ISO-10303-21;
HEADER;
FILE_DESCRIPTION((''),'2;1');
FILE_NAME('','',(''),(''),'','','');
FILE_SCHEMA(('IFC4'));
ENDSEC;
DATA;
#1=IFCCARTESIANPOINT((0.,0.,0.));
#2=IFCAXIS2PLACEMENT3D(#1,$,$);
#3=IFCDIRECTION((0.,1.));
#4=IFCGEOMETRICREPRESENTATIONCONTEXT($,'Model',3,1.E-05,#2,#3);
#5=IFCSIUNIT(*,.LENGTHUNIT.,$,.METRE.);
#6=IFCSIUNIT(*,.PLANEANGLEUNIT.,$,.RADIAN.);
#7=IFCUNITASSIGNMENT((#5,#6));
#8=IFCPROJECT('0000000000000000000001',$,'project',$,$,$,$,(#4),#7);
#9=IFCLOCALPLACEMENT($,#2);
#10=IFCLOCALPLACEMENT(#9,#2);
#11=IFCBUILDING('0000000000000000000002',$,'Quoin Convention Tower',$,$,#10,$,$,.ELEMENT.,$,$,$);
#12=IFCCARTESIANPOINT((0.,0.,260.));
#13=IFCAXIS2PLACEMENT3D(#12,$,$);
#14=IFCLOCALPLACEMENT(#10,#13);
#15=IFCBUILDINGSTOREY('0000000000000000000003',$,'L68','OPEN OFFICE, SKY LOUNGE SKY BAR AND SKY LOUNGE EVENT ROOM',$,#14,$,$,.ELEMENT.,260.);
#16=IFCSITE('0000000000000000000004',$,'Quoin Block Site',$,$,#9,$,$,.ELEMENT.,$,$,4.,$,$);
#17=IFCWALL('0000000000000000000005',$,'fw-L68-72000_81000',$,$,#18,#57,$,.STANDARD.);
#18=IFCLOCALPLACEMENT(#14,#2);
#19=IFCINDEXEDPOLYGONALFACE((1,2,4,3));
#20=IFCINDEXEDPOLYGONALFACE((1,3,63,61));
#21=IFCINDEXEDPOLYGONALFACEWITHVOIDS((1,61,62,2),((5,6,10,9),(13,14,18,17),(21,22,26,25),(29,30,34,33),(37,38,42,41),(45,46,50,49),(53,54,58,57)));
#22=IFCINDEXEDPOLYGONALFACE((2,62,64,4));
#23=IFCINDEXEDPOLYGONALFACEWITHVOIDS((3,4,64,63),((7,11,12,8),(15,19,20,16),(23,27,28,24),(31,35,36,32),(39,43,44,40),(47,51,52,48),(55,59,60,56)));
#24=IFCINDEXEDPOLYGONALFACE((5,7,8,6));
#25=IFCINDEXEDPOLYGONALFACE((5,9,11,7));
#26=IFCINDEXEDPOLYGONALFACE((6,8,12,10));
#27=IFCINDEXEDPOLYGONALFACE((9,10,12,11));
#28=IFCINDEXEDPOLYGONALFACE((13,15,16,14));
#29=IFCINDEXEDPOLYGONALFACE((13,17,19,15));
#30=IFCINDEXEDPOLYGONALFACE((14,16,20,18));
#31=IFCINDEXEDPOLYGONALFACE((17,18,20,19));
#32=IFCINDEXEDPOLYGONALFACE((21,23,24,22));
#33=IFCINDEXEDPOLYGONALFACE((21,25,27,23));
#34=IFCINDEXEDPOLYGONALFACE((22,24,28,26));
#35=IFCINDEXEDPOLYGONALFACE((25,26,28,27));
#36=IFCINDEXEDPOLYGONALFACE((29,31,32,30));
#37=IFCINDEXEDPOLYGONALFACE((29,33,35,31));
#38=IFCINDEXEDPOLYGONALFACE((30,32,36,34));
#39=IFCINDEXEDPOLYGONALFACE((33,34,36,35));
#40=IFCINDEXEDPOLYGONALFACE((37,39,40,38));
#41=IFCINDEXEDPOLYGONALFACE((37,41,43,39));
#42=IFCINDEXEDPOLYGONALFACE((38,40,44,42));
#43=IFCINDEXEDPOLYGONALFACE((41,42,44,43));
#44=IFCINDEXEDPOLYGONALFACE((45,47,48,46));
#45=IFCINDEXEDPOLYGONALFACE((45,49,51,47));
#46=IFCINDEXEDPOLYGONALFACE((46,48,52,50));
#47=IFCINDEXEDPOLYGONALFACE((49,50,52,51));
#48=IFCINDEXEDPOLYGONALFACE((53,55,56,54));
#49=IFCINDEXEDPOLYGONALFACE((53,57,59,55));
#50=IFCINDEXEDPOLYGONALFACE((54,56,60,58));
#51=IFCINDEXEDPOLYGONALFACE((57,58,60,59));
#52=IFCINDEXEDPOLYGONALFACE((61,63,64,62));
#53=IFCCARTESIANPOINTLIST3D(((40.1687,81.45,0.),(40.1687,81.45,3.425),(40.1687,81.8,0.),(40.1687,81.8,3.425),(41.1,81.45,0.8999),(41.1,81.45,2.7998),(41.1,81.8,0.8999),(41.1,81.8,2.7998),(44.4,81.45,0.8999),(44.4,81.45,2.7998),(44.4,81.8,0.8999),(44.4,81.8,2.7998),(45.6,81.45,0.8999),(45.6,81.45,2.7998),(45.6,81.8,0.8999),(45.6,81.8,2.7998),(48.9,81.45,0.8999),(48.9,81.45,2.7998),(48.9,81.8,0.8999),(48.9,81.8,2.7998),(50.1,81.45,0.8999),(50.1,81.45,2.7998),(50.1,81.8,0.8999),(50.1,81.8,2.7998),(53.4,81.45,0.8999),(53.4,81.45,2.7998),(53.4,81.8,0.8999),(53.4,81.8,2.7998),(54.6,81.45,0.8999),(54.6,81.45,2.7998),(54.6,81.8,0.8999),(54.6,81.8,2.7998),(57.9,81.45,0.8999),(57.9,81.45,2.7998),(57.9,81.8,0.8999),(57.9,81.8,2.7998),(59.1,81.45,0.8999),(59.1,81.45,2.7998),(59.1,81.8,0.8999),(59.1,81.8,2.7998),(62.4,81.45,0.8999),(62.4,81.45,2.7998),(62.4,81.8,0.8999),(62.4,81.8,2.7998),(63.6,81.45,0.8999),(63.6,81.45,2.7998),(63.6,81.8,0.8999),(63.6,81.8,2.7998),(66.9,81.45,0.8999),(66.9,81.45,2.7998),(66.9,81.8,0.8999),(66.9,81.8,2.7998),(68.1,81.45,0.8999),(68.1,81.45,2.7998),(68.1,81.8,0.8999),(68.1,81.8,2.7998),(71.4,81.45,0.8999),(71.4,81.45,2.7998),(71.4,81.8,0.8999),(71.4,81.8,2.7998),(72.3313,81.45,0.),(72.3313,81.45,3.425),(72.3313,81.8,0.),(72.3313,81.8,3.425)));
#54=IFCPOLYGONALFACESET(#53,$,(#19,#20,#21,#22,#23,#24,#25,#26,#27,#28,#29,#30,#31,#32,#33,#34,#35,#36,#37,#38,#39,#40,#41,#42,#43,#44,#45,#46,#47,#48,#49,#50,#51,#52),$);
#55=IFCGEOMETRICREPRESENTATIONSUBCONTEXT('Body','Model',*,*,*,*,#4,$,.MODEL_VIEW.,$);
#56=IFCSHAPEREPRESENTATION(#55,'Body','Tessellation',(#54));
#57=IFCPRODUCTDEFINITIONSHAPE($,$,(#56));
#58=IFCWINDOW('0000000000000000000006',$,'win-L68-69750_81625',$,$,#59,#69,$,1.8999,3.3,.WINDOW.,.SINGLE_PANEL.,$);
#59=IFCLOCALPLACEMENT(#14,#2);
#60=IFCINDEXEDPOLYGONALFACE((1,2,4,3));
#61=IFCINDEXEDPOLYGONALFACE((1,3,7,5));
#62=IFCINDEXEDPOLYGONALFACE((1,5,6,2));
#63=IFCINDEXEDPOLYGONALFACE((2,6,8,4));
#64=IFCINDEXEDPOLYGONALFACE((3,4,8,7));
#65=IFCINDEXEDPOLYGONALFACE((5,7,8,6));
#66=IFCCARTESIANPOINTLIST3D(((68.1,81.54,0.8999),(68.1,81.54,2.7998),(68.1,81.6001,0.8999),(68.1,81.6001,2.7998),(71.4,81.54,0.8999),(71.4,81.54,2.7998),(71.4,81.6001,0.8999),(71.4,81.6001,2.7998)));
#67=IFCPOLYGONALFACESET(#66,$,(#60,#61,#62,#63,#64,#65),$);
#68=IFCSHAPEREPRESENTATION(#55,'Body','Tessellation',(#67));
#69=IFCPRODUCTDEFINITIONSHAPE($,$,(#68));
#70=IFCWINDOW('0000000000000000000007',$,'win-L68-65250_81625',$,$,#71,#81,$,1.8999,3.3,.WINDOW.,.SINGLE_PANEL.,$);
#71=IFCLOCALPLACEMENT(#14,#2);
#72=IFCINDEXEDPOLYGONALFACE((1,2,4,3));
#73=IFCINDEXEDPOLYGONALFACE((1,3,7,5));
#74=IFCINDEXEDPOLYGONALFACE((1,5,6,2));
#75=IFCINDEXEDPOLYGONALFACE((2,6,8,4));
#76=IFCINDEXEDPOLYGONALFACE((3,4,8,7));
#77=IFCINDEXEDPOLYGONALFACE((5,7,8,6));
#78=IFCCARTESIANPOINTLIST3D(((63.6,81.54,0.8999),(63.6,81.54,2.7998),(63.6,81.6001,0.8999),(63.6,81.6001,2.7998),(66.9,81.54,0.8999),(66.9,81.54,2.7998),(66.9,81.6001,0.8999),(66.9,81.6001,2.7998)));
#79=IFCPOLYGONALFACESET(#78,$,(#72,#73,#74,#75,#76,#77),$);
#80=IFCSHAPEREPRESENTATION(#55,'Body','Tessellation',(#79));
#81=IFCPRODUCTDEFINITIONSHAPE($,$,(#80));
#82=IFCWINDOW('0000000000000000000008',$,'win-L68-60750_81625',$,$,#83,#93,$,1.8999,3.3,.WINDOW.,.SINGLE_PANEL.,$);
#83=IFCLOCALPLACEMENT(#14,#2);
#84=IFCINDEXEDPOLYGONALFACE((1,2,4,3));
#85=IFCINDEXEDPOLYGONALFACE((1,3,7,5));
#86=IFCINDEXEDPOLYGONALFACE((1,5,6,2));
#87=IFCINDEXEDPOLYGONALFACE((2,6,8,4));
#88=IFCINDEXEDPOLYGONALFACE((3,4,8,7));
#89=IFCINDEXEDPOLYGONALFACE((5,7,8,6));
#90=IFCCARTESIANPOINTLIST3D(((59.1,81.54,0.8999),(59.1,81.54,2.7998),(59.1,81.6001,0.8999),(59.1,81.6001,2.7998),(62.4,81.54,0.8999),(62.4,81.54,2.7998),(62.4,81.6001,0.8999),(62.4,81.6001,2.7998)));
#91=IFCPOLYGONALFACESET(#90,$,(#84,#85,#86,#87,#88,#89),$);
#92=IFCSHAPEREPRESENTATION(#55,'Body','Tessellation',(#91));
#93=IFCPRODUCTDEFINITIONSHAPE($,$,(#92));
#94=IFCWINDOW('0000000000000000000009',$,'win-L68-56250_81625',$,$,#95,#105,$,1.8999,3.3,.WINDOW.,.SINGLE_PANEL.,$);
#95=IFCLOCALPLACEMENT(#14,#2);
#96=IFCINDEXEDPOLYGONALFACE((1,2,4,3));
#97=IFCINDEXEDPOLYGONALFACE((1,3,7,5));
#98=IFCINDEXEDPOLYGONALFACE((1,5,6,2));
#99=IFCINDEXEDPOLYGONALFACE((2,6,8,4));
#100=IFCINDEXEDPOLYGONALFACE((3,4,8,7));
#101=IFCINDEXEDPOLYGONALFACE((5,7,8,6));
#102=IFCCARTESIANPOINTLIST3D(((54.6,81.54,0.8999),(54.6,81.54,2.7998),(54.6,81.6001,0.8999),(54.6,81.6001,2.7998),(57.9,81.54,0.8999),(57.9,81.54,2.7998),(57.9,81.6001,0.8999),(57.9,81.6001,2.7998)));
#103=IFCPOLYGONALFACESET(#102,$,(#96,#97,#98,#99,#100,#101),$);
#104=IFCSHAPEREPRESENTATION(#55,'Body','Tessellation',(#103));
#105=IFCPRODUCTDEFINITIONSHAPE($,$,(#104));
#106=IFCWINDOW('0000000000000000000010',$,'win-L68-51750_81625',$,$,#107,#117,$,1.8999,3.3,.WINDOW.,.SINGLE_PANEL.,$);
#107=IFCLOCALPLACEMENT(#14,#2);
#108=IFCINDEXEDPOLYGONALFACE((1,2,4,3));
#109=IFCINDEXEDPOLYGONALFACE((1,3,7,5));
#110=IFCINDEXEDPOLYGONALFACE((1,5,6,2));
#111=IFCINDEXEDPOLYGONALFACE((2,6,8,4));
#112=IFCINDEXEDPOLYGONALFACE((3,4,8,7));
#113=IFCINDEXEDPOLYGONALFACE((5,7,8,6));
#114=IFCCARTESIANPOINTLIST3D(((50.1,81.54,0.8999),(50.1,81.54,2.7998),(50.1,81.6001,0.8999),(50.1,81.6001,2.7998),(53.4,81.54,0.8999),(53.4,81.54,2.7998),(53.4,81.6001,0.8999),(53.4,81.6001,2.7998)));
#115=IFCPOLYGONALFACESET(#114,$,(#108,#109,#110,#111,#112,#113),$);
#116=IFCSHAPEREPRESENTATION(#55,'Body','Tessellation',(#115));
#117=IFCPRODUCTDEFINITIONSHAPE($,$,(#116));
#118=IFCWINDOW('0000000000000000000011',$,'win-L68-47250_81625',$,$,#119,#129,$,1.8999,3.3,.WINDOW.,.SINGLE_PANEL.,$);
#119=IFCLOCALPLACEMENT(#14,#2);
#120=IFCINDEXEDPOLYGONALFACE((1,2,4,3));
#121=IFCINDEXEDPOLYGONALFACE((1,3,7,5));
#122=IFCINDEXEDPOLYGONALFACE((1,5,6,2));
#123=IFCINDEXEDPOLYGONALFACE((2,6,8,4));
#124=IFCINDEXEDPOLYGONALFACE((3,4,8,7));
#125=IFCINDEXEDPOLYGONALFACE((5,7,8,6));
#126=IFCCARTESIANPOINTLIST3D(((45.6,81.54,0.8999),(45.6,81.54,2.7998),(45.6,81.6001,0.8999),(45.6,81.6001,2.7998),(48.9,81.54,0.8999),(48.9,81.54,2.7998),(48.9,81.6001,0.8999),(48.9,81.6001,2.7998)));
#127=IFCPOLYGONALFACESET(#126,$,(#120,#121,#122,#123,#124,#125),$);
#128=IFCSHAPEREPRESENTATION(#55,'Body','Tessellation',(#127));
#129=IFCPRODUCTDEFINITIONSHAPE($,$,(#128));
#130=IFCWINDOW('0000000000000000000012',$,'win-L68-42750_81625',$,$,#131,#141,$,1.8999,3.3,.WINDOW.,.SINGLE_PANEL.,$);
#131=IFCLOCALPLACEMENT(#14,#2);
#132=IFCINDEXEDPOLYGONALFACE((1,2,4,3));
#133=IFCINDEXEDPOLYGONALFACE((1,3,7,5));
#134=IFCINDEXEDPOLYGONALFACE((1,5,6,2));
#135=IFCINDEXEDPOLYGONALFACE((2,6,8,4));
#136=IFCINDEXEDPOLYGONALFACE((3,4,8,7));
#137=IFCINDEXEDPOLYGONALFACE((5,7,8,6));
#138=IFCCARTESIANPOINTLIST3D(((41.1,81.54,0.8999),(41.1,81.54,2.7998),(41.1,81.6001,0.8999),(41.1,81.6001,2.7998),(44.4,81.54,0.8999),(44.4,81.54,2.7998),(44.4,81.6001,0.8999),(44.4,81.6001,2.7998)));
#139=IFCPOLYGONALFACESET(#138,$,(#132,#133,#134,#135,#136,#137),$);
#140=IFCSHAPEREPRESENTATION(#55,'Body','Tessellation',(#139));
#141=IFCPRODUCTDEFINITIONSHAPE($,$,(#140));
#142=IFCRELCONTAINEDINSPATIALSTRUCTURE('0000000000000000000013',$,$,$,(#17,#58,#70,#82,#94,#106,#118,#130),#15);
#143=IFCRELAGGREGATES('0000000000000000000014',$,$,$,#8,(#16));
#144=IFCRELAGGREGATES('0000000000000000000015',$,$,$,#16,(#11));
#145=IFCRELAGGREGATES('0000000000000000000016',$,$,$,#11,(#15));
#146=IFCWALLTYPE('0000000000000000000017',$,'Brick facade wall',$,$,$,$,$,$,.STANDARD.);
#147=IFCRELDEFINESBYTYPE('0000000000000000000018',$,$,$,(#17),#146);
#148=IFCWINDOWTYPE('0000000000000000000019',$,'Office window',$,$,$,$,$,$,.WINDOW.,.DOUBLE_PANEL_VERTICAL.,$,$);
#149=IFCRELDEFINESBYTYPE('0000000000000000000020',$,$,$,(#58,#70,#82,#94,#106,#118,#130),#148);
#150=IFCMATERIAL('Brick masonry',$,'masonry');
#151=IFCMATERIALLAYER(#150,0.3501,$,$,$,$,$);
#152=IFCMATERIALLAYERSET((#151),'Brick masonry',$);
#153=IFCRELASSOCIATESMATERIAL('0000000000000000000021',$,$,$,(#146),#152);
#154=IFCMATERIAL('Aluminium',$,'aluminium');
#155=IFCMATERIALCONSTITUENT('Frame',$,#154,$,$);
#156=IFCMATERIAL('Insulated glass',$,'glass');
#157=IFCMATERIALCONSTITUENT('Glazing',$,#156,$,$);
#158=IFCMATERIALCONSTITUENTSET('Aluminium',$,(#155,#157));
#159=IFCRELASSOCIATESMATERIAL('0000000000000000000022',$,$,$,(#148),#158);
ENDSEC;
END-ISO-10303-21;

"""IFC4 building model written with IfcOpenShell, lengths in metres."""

from ifc_helpers import new_model, si_unit, direction, frame, frame_2d, origin, place, context, subcontext, project, spatial, rectangle, extrude, material, layer, layer_set, constituent, constituent_set, type_object, element, fill, save


model = new_model("IFC4")

# Units and contexts
model_context = context("Model", 3, precision=1e-05, world=origin(), true_north=direction((0.0, 1.0)))
body_context = subcontext(model_context, "Body", "Model", "MODEL_VIEW")
ifc_project = project(units=[si_unit("LENGTHUNIT", "METRE"), si_unit("PLANEANGLEUNIT", "RADIAN")], contexts=[model_context])

# Site, building, storey
site_placement = place(None, origin())
site = spatial("IfcSite", under=ifc_project, at=site_placement, Name="Quoin Block Site", CompositionType="ELEMENT", RefElevation=4.0)
building_placement = place(site_placement, origin())
building = spatial("IfcBuilding", under=site, at=building_placement, Name="Quoin Convention Tower", CompositionType="ELEMENT")
storey_placement = place(building_placement, frame((0.0, 0.0, 260.0)))
storey = spatial("IfcBuildingStorey", under=building, at=storey_placement, Name="L68", Description="OPEN OFFICE, SKY LOUNGE SKY BAR AND SKY LOUNGE EVENT ROOM", CompositionType="ELEMENT", Elevation=260.0)

# Shared definitions
ifc_material_1 = material(Name="Brick masonry", Category="masonry")
ifc_layer_1 = layer(ifc_material_1, 0.3501)
ifc_layer_set_1 = layer_set([ifc_layer_1], Name="Brick masonry")
wall_type_1 = type_object("IfcWallType", Name="Brick facade wall", PredefinedType="STANDARD", material=ifc_layer_set_1)
ifc_material_2 = material(Name="Aluminium", Category="aluminium")
ifc_constituent_1 = constituent(ifc_material_2, Name="Frame")
ifc_material_3 = material(Name="Insulated glass", Category="glass")
ifc_constituent_2 = constituent(ifc_material_3, Name="Glazing")
ifc_constituent_set = constituent_set(constituents=[ifc_constituent_1, ifc_constituent_2], Name="Aluminium")
window_type = type_object("IfcWindowType", Name="Office window", PartitioningType="DOUBLE_PANEL_VERTICAL", PredefinedType="WINDOW", material=ifc_constituent_set)

# Wall, openings, windows
wall_1_placement = place(storey_placement, frame((72.3313, 81.625, 0.0), z_axis=(0.0, 0.0, 1.0), x_axis=(-1.0, 0.0, 0.0)))
wall_1 = element("IfcWall", 1, at=wall_1_placement, inside=storey, type_object=wall_type_1, Name="fw-L68-72000_81000", PredefinedType="STANDARD", context=body_context, shape_type="SweptSolid", body=[
    extrude(rectangle(XDim=32.1626, YDim=0.3501, at=frame_2d((16.0813, 0.0))), origin(), (0.0, 0.0, 1.0), 3.425),
])
opening_1_placement = place(wall_1_placement, frame((0.9314, 0.0, 0.8999)))
opening_1 = element("IfcOpeningElement", 2, at=opening_1_placement, cuts=wall_1, PredefinedType="OPENING", context=body_context, shape_type="SweptSolid", body=[
    extrude(rectangle(XDim=3.3, YDim=1.8999, at=frame_2d((1.6499, 0.95))), frame((0.0, 0.1851, 0.0), z_axis=(0.0, -1.0, 0.0), x_axis=(1.0, 0.0, 0.0)), (0.0, 0.0, 1.0), 0.3701),
])
opening_2_placement = place(wall_1_placement, frame((5.4314, 0.0, 0.8999)))
opening_2 = element("IfcOpeningElement", 3, at=opening_2_placement, cuts=wall_1, PredefinedType="OPENING", context=body_context, shape_type="SweptSolid", body=[
    extrude(rectangle(XDim=3.3, YDim=1.8999, at=frame_2d((1.6499, 0.95))), frame((0.0, 0.1851, 0.0), z_axis=(0.0, -1.0, 0.0), x_axis=(1.0, 0.0, 0.0)), (0.0, 0.0, 1.0), 0.3701),
])
opening_3_placement = place(wall_1_placement, frame((9.9314, 0.0, 0.8999)))
opening_3 = element("IfcOpeningElement", 4, at=opening_3_placement, cuts=wall_1, PredefinedType="OPENING", context=body_context, shape_type="SweptSolid", body=[
    extrude(rectangle(XDim=3.3, YDim=1.8999, at=frame_2d((1.6499, 0.95))), frame((0.0, 0.1851, 0.0), z_axis=(0.0, -1.0, 0.0), x_axis=(1.0, 0.0, 0.0)), (0.0, 0.0, 1.0), 0.3701),
])
opening_4_placement = place(wall_1_placement, frame((14.4314, 0.0, 0.8999)))
opening_4 = element("IfcOpeningElement", 5, at=opening_4_placement, cuts=wall_1, PredefinedType="OPENING", context=body_context, shape_type="SweptSolid", body=[
    extrude(rectangle(XDim=3.3, YDim=1.8999, at=frame_2d((1.6499, 0.95))), frame((0.0, 0.1851, 0.0), z_axis=(0.0, -1.0, 0.0), x_axis=(1.0, 0.0, 0.0)), (0.0, 0.0, 1.0), 0.3701),
])
opening_5_placement = place(wall_1_placement, frame((18.9314, 0.0, 0.8999)))
opening_5 = element("IfcOpeningElement", 6, at=opening_5_placement, cuts=wall_1, PredefinedType="OPENING", context=body_context, shape_type="SweptSolid", body=[
    extrude(rectangle(XDim=3.3, YDim=1.8999, at=frame_2d((1.6499, 0.95))), frame((0.0, 0.1851, 0.0), z_axis=(0.0, -1.0, 0.0), x_axis=(1.0, 0.0, 0.0)), (0.0, 0.0, 1.0), 0.3701),
])
opening_6_placement = place(wall_1_placement, frame((23.4314, 0.0, 0.8999)))
opening_6 = element("IfcOpeningElement", 7, at=opening_6_placement, cuts=wall_1, PredefinedType="OPENING", context=body_context, shape_type="SweptSolid", body=[
    extrude(rectangle(XDim=3.3, YDim=1.8999, at=frame_2d((1.6499, 0.95))), frame((0.0, 0.1851, 0.0), z_axis=(0.0, -1.0, 0.0), x_axis=(1.0, 0.0, 0.0)), (0.0, 0.0, 1.0), 0.3701),
])
opening_7_placement = place(wall_1_placement, frame((27.9314, 0.0, 0.8999)))
opening_7 = element("IfcOpeningElement", 8, at=opening_7_placement, cuts=wall_1, PredefinedType="OPENING", context=body_context, shape_type="SweptSolid", body=[
    extrude(rectangle(XDim=3.3, YDim=1.8999, at=frame_2d((1.6499, 0.95))), frame((0.0, 0.1851, 0.0), z_axis=(0.0, -1.0, 0.0), x_axis=(1.0, 0.0, 0.0)), (0.0, 0.0, 1.0), 0.3701),
])
window_1_placement = place(opening_1_placement, origin())
window_1 = element("IfcWindow", 9, at=window_1_placement, inside=storey, type_object=window_type, Name="win-L68-69750_81625", OverallHeight=1.8999, OverallWidth=3.3, PartitioningType="SINGLE_PANEL", PredefinedType="WINDOW", context=body_context, shape_type="SweptSolid", body=[
    extrude(rectangle(XDim=3.3, YDim=1.8999, at=frame_2d((1.6499, 0.95))), frame((0.0, 0.085, 0.0), z_axis=(0.0, -1.0, 0.0), x_axis=(1.0, 0.0, 0.0)), (0.0, 0.0, 1.0), 0.0601),
])
fill(opening_1, window_1)
window_2_placement = place(opening_2_placement, origin())
window_2 = element("IfcWindow", 10, at=window_2_placement, inside=storey, type_object=window_type, Name="win-L68-65250_81625", OverallHeight=1.8999, OverallWidth=3.3, PartitioningType="SINGLE_PANEL", PredefinedType="WINDOW", context=body_context, shape_type="SweptSolid", body=[
    extrude(rectangle(XDim=3.3, YDim=1.8999, at=frame_2d((1.6499, 0.95))), frame((0.0, 0.085, 0.0), z_axis=(0.0, -1.0, 0.0), x_axis=(1.0, 0.0, 0.0)), (0.0, 0.0, 1.0), 0.0601),
])
fill(opening_2, window_2)
window_3_placement = place(opening_3_placement, origin())
window_3 = element("IfcWindow", 11, at=window_3_placement, inside=storey, type_object=window_type, Name="win-L68-60750_81625", OverallHeight=1.8999, OverallWidth=3.3, PartitioningType="SINGLE_PANEL", PredefinedType="WINDOW", context=body_context, shape_type="SweptSolid", body=[
    extrude(rectangle(XDim=3.3, YDim=1.8999, at=frame_2d((1.6499, 0.95))), frame((0.0, 0.085, 0.0), z_axis=(0.0, -1.0, 0.0), x_axis=(1.0, 0.0, 0.0)), (0.0, 0.0, 1.0), 0.0601),
])
fill(opening_3, window_3)
window_4_placement = place(opening_4_placement, origin())
window_4 = element("IfcWindow", 12, at=window_4_placement, inside=storey, type_object=window_type, Name="win-L68-56250_81625", OverallHeight=1.8999, OverallWidth=3.3, PartitioningType="SINGLE_PANEL", PredefinedType="WINDOW", context=body_context, shape_type="SweptSolid", body=[
    extrude(rectangle(XDim=3.3, YDim=1.8999, at=frame_2d((1.6499, 0.95))), frame((0.0, 0.085, 0.0), z_axis=(0.0, -1.0, 0.0), x_axis=(1.0, 0.0, 0.0)), (0.0, 0.0, 1.0), 0.0601),
])
fill(opening_4, window_4)
window_5_placement = place(opening_5_placement, origin())
window_5 = element("IfcWindow", 13, at=window_5_placement, inside=storey, type_object=window_type, Name="win-L68-51750_81625", OverallHeight=1.8999, OverallWidth=3.3, PartitioningType="SINGLE_PANEL", PredefinedType="WINDOW", context=body_context, shape_type="SweptSolid", body=[
    extrude(rectangle(XDim=3.3, YDim=1.8999, at=frame_2d((1.6499, 0.95))), frame((0.0, 0.085, 0.0), z_axis=(0.0, -1.0, 0.0), x_axis=(1.0, 0.0, 0.0)), (0.0, 0.0, 1.0), 0.0601),
])
fill(opening_5, window_5)
window_6_placement = place(opening_6_placement, origin())
window_6 = element("IfcWindow", 14, at=window_6_placement, inside=storey, type_object=window_type, Name="win-L68-47250_81625", OverallHeight=1.8999, OverallWidth=3.3, PartitioningType="SINGLE_PANEL", PredefinedType="WINDOW", context=body_context, shape_type="SweptSolid", body=[
    extrude(rectangle(XDim=3.3, YDim=1.8999, at=frame_2d((1.6499, 0.95))), frame((0.0, 0.085, 0.0), z_axis=(0.0, -1.0, 0.0), x_axis=(1.0, 0.0, 0.0)), (0.0, 0.0, 1.0), 0.0601),
])
fill(opening_6, window_6)
window_7_placement = place(opening_7_placement, origin())
window_7 = element("IfcWindow", 15, at=window_7_placement, inside=storey, type_object=window_type, Name="win-L68-42750_81625", OverallHeight=1.8999, OverallWidth=3.3, PartitioningType="SINGLE_PANEL", PredefinedType="WINDOW", context=body_context, shape_type="SweptSolid", body=[
    extrude(rectangle(XDim=3.3, YDim=1.8999, at=frame_2d((1.6499, 0.95))), frame((0.0, 0.085, 0.0), z_axis=(0.0, -1.0, 0.0), x_axis=(1.0, 0.0, 0.0)), (0.0, 0.0, 1.0), 0.0601),
])
fill(opening_7, window_7)

save(model, "model.ifc")
